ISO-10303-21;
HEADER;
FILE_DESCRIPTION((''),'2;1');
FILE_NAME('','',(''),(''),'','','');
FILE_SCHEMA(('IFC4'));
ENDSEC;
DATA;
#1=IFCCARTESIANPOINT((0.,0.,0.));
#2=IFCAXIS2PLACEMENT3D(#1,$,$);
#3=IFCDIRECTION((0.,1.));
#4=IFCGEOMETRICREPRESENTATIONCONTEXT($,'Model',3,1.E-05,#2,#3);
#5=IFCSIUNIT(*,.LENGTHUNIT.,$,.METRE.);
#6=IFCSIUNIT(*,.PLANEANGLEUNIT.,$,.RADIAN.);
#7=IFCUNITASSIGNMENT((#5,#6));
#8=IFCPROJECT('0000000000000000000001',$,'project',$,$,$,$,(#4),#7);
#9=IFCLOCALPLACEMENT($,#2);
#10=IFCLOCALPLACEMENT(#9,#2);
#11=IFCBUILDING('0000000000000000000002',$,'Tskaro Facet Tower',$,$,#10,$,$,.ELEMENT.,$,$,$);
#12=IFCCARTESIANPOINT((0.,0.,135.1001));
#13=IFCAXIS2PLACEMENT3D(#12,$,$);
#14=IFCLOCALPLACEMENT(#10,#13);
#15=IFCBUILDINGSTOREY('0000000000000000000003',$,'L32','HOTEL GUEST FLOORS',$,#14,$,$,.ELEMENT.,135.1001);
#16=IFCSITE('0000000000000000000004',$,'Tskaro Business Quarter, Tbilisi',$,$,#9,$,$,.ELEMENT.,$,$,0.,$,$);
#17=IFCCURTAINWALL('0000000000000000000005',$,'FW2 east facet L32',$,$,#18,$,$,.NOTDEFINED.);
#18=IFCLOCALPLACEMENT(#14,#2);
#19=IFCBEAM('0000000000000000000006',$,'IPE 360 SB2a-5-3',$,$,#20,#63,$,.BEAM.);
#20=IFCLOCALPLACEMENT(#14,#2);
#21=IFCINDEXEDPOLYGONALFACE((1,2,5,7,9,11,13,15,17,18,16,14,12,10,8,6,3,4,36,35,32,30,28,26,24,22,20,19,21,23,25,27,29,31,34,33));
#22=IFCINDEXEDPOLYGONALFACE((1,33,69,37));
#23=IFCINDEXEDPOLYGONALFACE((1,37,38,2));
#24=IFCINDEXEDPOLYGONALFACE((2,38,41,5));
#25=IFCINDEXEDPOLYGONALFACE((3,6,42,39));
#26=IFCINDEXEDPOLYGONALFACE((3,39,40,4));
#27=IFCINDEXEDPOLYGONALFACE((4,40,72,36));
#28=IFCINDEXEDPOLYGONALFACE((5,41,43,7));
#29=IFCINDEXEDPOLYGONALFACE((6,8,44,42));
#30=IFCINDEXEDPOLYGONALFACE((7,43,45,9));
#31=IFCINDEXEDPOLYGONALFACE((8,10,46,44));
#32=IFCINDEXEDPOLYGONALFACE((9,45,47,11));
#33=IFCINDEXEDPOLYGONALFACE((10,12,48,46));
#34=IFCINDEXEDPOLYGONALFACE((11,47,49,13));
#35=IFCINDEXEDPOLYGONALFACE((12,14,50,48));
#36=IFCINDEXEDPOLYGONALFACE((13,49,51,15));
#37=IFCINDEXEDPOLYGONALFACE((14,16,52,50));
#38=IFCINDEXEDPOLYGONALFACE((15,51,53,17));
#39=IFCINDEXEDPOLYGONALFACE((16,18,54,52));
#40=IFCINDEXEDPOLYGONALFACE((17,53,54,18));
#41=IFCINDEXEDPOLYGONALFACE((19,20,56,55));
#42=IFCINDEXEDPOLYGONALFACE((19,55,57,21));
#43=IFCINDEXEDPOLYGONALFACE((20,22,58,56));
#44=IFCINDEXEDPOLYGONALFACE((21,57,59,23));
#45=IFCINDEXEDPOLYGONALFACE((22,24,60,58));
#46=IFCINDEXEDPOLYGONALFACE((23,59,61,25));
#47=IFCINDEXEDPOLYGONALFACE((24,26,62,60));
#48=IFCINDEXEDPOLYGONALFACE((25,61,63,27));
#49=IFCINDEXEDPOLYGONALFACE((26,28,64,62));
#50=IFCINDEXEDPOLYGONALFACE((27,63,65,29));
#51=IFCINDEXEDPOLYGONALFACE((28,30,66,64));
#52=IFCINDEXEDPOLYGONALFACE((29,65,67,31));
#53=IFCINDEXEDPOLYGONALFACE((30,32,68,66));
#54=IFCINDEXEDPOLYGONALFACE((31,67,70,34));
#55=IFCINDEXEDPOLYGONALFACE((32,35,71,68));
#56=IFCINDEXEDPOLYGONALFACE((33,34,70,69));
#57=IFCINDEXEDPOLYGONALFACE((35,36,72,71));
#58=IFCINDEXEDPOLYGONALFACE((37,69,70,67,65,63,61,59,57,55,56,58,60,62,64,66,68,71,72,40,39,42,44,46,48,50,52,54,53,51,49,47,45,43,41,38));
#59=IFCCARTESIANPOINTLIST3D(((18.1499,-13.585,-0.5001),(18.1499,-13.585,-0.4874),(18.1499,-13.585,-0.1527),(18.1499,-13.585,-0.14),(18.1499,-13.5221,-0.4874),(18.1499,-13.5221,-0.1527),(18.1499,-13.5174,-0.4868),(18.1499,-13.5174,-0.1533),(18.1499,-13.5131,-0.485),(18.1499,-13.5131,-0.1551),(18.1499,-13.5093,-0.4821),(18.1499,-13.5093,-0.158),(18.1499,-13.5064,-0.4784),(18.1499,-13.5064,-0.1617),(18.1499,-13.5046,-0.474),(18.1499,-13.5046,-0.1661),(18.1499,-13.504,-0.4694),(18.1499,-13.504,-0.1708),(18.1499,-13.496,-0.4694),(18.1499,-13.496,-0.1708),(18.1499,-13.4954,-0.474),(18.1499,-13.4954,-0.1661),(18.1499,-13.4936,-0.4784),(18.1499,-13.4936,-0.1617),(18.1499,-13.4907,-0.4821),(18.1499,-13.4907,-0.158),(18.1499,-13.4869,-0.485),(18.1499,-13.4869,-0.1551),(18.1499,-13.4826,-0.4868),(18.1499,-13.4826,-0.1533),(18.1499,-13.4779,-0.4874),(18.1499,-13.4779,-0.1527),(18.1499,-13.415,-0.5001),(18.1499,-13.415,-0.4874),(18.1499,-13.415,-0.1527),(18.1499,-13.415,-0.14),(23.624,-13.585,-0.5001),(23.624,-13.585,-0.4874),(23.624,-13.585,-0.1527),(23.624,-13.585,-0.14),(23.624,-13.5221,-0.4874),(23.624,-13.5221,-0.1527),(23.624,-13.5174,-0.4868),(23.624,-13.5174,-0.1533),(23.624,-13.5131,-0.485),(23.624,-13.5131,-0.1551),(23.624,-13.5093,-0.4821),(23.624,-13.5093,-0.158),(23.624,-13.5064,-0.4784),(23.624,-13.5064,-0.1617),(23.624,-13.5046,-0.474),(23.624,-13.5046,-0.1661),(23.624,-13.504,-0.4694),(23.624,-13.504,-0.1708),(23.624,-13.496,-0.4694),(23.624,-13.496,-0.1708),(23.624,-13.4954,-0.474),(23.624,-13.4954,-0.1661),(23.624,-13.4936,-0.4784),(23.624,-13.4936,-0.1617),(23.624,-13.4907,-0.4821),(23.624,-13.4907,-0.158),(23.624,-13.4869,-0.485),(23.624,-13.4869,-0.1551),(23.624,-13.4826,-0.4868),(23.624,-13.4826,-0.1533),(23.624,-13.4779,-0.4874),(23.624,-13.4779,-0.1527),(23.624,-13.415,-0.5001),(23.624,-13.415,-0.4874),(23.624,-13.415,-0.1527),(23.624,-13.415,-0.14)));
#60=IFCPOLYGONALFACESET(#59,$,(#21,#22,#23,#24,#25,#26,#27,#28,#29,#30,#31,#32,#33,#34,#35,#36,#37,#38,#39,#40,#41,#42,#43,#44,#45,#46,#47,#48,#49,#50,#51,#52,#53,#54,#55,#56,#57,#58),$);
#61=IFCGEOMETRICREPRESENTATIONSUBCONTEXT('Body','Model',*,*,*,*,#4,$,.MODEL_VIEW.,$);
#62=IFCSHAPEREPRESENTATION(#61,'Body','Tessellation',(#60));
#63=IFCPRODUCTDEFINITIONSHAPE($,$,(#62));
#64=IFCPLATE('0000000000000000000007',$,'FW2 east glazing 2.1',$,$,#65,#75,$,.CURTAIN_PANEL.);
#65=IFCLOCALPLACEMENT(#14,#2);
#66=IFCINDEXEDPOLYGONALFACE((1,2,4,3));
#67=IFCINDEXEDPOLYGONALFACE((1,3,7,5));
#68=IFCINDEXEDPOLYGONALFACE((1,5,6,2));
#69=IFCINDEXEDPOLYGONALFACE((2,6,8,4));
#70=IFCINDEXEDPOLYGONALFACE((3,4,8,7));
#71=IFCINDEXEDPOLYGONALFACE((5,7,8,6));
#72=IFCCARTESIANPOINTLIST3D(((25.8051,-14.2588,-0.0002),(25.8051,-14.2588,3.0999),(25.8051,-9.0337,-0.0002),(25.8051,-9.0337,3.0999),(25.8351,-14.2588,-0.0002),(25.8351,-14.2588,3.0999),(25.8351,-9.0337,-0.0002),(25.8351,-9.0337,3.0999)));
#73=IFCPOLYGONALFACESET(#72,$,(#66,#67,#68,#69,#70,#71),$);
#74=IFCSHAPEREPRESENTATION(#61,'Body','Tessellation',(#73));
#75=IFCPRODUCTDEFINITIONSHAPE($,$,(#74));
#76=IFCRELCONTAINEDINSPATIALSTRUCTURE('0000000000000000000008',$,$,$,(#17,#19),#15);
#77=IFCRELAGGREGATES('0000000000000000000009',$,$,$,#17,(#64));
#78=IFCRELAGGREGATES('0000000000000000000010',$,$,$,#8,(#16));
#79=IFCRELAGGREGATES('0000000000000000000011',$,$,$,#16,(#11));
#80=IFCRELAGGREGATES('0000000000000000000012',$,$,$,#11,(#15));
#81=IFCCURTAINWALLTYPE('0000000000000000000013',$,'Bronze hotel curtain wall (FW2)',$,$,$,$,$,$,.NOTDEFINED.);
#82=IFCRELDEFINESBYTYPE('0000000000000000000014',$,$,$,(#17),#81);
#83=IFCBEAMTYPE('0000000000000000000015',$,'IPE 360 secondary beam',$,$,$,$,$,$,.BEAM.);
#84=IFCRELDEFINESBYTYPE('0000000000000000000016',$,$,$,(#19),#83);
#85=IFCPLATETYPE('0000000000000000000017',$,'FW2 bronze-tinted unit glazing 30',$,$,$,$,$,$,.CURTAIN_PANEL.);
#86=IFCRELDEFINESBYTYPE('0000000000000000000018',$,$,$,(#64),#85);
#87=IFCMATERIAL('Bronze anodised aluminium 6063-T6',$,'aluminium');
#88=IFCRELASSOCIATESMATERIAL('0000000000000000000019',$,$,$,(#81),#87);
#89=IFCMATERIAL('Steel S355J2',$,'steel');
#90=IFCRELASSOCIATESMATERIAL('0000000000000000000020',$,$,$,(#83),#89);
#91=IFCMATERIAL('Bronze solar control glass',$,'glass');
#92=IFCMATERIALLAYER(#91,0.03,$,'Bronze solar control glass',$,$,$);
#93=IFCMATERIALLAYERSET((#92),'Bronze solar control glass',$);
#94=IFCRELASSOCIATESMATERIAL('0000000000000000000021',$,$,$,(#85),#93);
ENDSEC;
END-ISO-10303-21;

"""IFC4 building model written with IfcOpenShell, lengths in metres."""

from ifc_helpers import new_model, si_unit, direction, frame, origin, origin_2d, place, context, subcontext, project, spatial, rectangle, i_section, extrude, material, layer, layer_set, material_profile, profile_set, type_object, element, aggregate, save


model = new_model("IFC4")

# Units and contexts
model_context = context("Model", 3, precision=1e-05, world=origin(), true_north=direction((0.0, 1.0)))
body_context = subcontext(model_context, "Body", "Model", "MODEL_VIEW")
ifc_project = project(units=[si_unit("LENGTHUNIT", "METRE"), si_unit("PLANEANGLEUNIT", "RADIAN")], contexts=[model_context])

# Site, building, storey
site_placement = place(None, origin())
site = spatial("IfcSite", under=ifc_project, at=site_placement, Name="Tskaro Business Quarter, Tbilisi", CompositionType="ELEMENT", RefElevation=0.0)
building_placement = place(site_placement, origin())
building = spatial("IfcBuilding", under=site, at=building_placement, Name="Tskaro Facet Tower", CompositionType="ELEMENT")
storey_placement = place(building_placement, frame((0.0, 0.0, 135.1001)))
storey = spatial("IfcBuildingStorey", under=building, at=storey_placement, Name="L32", Description="HOTEL GUEST FLOORS", CompositionType="ELEMENT", Elevation=135.1001)

# Curtain wall
ifc_material_1 = material(Name="Bronze anodised aluminium 6063-T6", Category="aluminium")
curtain_wall_type = type_object("IfcCurtainWallType", Name="Bronze hotel curtain wall (FW2)", PredefinedType="NOTDEFINED", material=ifc_material_1)
curtain_wall_placement = place(storey_placement, origin())
curtain_wall = element("IfcCurtainWall", 1, at=curtain_wall_placement, inside=storey, type_object=curtain_wall_type, Name="FW2 east facet L32", PredefinedType="NOTDEFINED")

# Beam
ifc_material_2 = material(Name="Steel S355J2", Category="steel")
ifc_material_profile_1 = material_profile(ifc_material_2, i_section(OverallWidth=0.1699, OverallDepth=0.3601, WebThickness=0.0081, FlangeThickness=0.0127, FilletRadius=0.0181, at=origin_2d()), Name="IPE 360")
ifc_profile_set_1 = profile_set([ifc_material_profile_1], Name="Steel S355J2")
beam_type_1 = type_object("IfcBeamType", Name="IPE 360 secondary beam", PredefinedType="BEAM", material=ifc_profile_set_1)
beam_1_placement = place(storey_placement, frame((18.1499, -13.5, -0.3201), z_axis=(1.0, 0.0, 0.0), x_axis=(0.0, 1.0, 0.0)))
element("IfcBeam", 2, at=beam_1_placement, inside=storey, type_object=beam_type_1, Name="IPE 360 SB2a-5-3", PredefinedType="BEAM", context=body_context, shape_type="SweptSolid", body=[
    extrude(i_section(OverallWidth=0.1699, OverallDepth=0.3601, WebThickness=0.0081, FlangeThickness=0.0127, FilletRadius=0.0181, at=origin_2d()), origin(), (0.0, 0.0, 1.0), 5.4741),
])

# Plate
ifc_material_3 = material(Name="Bronze solar control glass", Category="glass")
ifc_layer_1 = layer(ifc_material_3, 0.03, Name="Bronze solar control glass")
ifc_layer_set_1 = layer_set([ifc_layer_1], Name="Bronze solar control glass")
plate_type = type_object("IfcPlateType", Name="FW2 bronze-tinted unit glazing 30", PredefinedType="CURTAIN_PANEL", material=ifc_layer_set_1)
plate_placement = place(storey_placement, frame((25.8201, -11.6462, -0.0002), z_axis=(0.0, 0.0, 1.0), x_axis=(0.0, 1.0, 0.0)))
plate = element("IfcPlate", 3, at=plate_placement, type_object=plate_type, Name="FW2 east glazing 2.1", PredefinedType="CURTAIN_PANEL", context=body_context, shape_type="SweptSolid", body=[
    extrude(rectangle(XDim=5.2251, YDim=0.03, at=origin_2d()), origin(), (0.0, 0.0, 1.0), 3.1001),
])
aggregate(curtain_wall, [plate])

save(model, "model.ifc")
